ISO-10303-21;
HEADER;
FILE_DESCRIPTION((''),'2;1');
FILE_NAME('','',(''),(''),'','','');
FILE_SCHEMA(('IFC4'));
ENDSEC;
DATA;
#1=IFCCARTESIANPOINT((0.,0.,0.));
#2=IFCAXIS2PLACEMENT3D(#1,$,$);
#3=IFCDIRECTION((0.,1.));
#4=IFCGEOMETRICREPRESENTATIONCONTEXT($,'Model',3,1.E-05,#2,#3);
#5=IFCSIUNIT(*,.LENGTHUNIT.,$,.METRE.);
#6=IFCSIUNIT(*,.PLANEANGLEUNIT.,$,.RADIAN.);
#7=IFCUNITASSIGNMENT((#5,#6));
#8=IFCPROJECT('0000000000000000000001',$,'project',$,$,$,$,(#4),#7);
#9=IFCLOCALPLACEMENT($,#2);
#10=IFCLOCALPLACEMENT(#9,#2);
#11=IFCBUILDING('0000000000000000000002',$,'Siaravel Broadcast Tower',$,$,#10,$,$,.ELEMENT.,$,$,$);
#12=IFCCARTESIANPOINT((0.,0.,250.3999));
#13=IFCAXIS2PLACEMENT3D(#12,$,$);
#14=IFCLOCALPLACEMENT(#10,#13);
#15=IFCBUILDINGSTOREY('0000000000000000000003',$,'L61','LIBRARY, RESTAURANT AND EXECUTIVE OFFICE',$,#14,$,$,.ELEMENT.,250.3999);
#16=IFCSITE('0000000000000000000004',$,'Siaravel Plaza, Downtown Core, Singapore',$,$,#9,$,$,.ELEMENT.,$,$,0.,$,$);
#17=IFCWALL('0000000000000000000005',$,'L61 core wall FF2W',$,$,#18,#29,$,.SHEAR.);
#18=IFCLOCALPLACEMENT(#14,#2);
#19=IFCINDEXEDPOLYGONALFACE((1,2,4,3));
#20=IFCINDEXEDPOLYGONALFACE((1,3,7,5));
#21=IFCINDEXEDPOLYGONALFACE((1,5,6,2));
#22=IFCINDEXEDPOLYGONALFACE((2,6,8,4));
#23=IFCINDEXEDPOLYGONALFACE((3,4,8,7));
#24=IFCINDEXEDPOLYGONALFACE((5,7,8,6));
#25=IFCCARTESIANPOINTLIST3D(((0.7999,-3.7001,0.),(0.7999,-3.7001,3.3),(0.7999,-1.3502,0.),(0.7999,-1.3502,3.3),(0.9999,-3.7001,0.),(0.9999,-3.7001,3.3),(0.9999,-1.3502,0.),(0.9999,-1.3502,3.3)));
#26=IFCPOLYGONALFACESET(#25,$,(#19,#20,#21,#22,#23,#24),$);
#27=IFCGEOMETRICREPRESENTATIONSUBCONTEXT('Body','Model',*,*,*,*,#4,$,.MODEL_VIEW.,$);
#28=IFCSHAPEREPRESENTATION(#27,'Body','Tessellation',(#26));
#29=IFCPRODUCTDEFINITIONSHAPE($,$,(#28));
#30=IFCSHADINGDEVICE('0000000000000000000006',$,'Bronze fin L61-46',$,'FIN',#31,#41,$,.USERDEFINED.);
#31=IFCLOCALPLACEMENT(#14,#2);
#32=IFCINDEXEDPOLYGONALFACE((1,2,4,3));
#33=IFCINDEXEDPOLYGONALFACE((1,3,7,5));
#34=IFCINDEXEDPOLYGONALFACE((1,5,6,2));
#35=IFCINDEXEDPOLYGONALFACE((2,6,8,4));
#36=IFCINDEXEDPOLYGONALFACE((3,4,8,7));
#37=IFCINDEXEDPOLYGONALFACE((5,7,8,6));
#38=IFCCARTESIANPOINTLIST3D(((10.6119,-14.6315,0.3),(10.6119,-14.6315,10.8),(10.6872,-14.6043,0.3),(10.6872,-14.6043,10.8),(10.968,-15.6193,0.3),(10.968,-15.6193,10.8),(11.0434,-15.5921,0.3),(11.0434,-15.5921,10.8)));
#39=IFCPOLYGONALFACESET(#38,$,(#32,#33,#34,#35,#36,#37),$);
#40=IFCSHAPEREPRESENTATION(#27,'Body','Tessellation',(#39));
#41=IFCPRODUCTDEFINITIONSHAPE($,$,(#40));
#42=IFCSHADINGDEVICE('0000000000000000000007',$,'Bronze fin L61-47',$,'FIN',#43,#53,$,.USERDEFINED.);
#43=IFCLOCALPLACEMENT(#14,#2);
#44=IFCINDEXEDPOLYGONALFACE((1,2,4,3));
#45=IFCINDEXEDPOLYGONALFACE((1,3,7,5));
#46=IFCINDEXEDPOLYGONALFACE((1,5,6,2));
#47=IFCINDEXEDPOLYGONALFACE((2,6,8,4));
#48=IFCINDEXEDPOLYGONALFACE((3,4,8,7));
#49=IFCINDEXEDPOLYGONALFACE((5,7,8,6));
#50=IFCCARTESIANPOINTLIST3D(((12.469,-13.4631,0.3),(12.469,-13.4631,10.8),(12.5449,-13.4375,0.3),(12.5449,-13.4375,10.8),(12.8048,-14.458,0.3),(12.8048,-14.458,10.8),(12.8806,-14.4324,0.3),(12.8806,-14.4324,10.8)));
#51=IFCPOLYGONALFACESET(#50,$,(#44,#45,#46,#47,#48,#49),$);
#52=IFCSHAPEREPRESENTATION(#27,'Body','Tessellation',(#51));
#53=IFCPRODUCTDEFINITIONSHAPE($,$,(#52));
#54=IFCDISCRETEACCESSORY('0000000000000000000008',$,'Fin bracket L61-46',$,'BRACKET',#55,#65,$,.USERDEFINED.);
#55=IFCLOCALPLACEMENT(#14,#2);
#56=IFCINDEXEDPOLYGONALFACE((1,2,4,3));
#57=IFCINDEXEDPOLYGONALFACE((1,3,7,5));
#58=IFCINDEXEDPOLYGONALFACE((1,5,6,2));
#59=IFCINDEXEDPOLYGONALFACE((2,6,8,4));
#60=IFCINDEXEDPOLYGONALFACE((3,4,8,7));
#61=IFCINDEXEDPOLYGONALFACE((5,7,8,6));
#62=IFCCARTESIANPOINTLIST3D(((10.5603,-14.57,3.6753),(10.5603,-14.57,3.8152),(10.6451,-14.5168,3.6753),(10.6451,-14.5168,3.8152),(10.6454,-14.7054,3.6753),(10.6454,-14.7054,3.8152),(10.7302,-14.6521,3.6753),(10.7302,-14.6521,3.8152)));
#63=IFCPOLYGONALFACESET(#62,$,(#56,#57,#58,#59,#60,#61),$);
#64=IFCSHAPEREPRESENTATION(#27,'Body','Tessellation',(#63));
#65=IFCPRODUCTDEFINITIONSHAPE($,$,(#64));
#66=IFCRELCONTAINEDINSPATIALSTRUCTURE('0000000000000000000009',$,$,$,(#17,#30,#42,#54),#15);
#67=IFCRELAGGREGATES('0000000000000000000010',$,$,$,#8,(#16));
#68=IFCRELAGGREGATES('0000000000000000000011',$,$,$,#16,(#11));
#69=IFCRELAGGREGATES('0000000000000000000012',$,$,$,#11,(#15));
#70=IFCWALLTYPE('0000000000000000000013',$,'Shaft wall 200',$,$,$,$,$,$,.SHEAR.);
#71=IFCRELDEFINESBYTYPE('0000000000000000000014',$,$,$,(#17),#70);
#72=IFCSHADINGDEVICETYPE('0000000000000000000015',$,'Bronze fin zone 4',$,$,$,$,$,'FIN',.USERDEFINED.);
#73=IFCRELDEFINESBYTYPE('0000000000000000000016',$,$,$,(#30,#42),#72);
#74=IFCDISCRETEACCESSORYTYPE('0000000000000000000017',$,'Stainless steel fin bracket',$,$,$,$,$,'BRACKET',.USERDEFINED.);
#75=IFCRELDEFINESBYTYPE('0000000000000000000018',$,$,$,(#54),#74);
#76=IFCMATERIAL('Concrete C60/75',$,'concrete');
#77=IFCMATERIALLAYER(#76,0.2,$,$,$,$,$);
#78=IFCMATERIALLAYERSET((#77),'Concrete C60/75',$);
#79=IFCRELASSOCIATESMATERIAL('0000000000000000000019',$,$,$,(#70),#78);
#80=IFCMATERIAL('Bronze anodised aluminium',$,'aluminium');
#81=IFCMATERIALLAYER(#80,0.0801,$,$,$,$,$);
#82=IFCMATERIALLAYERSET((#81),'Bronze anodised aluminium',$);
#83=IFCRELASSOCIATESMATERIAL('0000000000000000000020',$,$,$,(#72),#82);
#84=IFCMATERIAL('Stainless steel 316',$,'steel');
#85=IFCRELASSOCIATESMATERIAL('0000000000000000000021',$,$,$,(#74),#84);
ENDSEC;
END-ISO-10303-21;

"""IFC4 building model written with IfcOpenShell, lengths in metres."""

from ifc_helpers import new_model, si_unit, direction, frame, frame_2d, origin, origin_2d, place, context, subcontext, project, spatial, rectangle, extrude, material, layer, layer_set, type_object, element, save


model = new_model("IFC4")

# Units and contexts
model_context = context("Model", 3, precision=1e-05, world=origin(), true_north=direction((0.0, 1.0)))
body_context = subcontext(model_context, "Body", "Model", "MODEL_VIEW")
ifc_project = project(units=[si_unit("LENGTHUNIT", "METRE"), si_unit("PLANEANGLEUNIT", "RADIAN")], contexts=[model_context])

# Site, building, storey
site_placement = place(None, origin())
site = spatial("IfcSite", under=ifc_project, at=site_placement, Name="Siaravel Plaza, Downtown Core, Singapore", CompositionType="ELEMENT", RefElevation=0.0)
building_placement = place(site_placement, origin())
building = spatial("IfcBuilding", under=site, at=building_placement, Name="Siaravel Broadcast Tower", CompositionType="ELEMENT")
storey_placement = place(building_placement, frame((0.0, 0.0, 250.3999)))
storey = spatial("IfcBuildingStorey", under=building, at=storey_placement, Name="L61", Description="LIBRARY, RESTAURANT AND EXECUTIVE OFFICE", CompositionType="ELEMENT", Elevation=250.3999)

# Shared definitions
ifc_material_1 = material(Name="Concrete C60/75", Category="concrete")

# Shared definitions
ifc_layer_1 = layer(ifc_material_1, 0.2)
ifc_layer_set_1 = layer_set([ifc_layer_1], Name="Concrete C60/75")
wall_type_1 = type_object("IfcWallType", Name="Shaft wall 200", PredefinedType="SHEAR", material=ifc_layer_set_1)

# Wall
wall_1_placement = place(storey_placement, frame((0.8999, -3.7, 0.0), z_axis=(0.0, 0.0, 1.0), x_axis=(0.0, 1.0, 0.0)))
element("IfcWall", 1, at=wall_1_placement, inside=storey, type_object=wall_type_1, Name="L61 core wall FF2W", PredefinedType="SHEAR", context=body_context, shape_type="SweptSolid", body=[
    extrude(rectangle(XDim=2.3499, YDim=0.2, at=frame_2d((1.1748, 0.0))), origin(), (0.0, 0.0, 1.0), 3.3),
])

# Shading devices
ifc_material_2 = material(Name="Bronze anodised aluminium", Category="aluminium")
ifc_layer_2 = layer(ifc_material_2, 0.0801)
ifc_layer_set_2 = layer_set([ifc_layer_2], Name="Bronze anodised aluminium")
shading_device_type = type_object("IfcShadingDeviceType", Name="Bronze fin zone 4", ElementType="FIN", PredefinedType="USERDEFINED", material=ifc_layer_set_2)
for number, where, z_axis, x_axis, name in (
    (2, (10.8276, -15.1118, 0.3), (0.0, 0.0, 1.0), (0.339173, -0.940724, 0.0), "Bronze fin L61-46"),
    (3, (12.6748, -13.9478, 0.3), (0.0, 0.0, 1.0), (0.319773, -0.947494, 0.0), "Bronze fin L61-47"),
):
    element("IfcShadingDevice", number, at=place(storey_placement, frame(where, z_axis=z_axis, x_axis=x_axis)), inside=storey, type_object=shading_device_type, Name=name, ObjectType="FIN", PredefinedType="USERDEFINED", context=body_context, shape_type="SweptSolid", body=[
        extrude(rectangle(XDim=1.05, YDim=0.0801, at=origin_2d()), origin(), (0.0, 0.0, 1.0), 10.5),
    ])

# Discrete accessory
ifc_material_3 = material(Name="Stainless steel 316", Category="steel")
discrete_accessory_type = type_object("IfcDiscreteAccessoryType", Name="Stainless steel fin bracket", ElementType="BRACKET", PredefinedType="USERDEFINED", material=ifc_material_3)
discrete_accessory_placement = place(storey_placement, frame((10.6453, -14.6111, 3.6753), z_axis=(0.0, 0.0, 1.0), x_axis=(0.532151, -0.84665, 0.0)))
element("IfcDiscreteAccessory", 4, at=discrete_accessory_placement, inside=storey, type_object=discrete_accessory_type, Name="Fin bracket L61-46", ObjectType="BRACKET", PredefinedType="USERDEFINED", context=body_context, shape_type="SweptSolid", body=[
    extrude(rectangle(XDim=0.1599, YDim=0.1001, at=origin_2d()), origin(), (0.0, 0.0, 1.0), 0.1399),
])

save(model, "model.ifc")
